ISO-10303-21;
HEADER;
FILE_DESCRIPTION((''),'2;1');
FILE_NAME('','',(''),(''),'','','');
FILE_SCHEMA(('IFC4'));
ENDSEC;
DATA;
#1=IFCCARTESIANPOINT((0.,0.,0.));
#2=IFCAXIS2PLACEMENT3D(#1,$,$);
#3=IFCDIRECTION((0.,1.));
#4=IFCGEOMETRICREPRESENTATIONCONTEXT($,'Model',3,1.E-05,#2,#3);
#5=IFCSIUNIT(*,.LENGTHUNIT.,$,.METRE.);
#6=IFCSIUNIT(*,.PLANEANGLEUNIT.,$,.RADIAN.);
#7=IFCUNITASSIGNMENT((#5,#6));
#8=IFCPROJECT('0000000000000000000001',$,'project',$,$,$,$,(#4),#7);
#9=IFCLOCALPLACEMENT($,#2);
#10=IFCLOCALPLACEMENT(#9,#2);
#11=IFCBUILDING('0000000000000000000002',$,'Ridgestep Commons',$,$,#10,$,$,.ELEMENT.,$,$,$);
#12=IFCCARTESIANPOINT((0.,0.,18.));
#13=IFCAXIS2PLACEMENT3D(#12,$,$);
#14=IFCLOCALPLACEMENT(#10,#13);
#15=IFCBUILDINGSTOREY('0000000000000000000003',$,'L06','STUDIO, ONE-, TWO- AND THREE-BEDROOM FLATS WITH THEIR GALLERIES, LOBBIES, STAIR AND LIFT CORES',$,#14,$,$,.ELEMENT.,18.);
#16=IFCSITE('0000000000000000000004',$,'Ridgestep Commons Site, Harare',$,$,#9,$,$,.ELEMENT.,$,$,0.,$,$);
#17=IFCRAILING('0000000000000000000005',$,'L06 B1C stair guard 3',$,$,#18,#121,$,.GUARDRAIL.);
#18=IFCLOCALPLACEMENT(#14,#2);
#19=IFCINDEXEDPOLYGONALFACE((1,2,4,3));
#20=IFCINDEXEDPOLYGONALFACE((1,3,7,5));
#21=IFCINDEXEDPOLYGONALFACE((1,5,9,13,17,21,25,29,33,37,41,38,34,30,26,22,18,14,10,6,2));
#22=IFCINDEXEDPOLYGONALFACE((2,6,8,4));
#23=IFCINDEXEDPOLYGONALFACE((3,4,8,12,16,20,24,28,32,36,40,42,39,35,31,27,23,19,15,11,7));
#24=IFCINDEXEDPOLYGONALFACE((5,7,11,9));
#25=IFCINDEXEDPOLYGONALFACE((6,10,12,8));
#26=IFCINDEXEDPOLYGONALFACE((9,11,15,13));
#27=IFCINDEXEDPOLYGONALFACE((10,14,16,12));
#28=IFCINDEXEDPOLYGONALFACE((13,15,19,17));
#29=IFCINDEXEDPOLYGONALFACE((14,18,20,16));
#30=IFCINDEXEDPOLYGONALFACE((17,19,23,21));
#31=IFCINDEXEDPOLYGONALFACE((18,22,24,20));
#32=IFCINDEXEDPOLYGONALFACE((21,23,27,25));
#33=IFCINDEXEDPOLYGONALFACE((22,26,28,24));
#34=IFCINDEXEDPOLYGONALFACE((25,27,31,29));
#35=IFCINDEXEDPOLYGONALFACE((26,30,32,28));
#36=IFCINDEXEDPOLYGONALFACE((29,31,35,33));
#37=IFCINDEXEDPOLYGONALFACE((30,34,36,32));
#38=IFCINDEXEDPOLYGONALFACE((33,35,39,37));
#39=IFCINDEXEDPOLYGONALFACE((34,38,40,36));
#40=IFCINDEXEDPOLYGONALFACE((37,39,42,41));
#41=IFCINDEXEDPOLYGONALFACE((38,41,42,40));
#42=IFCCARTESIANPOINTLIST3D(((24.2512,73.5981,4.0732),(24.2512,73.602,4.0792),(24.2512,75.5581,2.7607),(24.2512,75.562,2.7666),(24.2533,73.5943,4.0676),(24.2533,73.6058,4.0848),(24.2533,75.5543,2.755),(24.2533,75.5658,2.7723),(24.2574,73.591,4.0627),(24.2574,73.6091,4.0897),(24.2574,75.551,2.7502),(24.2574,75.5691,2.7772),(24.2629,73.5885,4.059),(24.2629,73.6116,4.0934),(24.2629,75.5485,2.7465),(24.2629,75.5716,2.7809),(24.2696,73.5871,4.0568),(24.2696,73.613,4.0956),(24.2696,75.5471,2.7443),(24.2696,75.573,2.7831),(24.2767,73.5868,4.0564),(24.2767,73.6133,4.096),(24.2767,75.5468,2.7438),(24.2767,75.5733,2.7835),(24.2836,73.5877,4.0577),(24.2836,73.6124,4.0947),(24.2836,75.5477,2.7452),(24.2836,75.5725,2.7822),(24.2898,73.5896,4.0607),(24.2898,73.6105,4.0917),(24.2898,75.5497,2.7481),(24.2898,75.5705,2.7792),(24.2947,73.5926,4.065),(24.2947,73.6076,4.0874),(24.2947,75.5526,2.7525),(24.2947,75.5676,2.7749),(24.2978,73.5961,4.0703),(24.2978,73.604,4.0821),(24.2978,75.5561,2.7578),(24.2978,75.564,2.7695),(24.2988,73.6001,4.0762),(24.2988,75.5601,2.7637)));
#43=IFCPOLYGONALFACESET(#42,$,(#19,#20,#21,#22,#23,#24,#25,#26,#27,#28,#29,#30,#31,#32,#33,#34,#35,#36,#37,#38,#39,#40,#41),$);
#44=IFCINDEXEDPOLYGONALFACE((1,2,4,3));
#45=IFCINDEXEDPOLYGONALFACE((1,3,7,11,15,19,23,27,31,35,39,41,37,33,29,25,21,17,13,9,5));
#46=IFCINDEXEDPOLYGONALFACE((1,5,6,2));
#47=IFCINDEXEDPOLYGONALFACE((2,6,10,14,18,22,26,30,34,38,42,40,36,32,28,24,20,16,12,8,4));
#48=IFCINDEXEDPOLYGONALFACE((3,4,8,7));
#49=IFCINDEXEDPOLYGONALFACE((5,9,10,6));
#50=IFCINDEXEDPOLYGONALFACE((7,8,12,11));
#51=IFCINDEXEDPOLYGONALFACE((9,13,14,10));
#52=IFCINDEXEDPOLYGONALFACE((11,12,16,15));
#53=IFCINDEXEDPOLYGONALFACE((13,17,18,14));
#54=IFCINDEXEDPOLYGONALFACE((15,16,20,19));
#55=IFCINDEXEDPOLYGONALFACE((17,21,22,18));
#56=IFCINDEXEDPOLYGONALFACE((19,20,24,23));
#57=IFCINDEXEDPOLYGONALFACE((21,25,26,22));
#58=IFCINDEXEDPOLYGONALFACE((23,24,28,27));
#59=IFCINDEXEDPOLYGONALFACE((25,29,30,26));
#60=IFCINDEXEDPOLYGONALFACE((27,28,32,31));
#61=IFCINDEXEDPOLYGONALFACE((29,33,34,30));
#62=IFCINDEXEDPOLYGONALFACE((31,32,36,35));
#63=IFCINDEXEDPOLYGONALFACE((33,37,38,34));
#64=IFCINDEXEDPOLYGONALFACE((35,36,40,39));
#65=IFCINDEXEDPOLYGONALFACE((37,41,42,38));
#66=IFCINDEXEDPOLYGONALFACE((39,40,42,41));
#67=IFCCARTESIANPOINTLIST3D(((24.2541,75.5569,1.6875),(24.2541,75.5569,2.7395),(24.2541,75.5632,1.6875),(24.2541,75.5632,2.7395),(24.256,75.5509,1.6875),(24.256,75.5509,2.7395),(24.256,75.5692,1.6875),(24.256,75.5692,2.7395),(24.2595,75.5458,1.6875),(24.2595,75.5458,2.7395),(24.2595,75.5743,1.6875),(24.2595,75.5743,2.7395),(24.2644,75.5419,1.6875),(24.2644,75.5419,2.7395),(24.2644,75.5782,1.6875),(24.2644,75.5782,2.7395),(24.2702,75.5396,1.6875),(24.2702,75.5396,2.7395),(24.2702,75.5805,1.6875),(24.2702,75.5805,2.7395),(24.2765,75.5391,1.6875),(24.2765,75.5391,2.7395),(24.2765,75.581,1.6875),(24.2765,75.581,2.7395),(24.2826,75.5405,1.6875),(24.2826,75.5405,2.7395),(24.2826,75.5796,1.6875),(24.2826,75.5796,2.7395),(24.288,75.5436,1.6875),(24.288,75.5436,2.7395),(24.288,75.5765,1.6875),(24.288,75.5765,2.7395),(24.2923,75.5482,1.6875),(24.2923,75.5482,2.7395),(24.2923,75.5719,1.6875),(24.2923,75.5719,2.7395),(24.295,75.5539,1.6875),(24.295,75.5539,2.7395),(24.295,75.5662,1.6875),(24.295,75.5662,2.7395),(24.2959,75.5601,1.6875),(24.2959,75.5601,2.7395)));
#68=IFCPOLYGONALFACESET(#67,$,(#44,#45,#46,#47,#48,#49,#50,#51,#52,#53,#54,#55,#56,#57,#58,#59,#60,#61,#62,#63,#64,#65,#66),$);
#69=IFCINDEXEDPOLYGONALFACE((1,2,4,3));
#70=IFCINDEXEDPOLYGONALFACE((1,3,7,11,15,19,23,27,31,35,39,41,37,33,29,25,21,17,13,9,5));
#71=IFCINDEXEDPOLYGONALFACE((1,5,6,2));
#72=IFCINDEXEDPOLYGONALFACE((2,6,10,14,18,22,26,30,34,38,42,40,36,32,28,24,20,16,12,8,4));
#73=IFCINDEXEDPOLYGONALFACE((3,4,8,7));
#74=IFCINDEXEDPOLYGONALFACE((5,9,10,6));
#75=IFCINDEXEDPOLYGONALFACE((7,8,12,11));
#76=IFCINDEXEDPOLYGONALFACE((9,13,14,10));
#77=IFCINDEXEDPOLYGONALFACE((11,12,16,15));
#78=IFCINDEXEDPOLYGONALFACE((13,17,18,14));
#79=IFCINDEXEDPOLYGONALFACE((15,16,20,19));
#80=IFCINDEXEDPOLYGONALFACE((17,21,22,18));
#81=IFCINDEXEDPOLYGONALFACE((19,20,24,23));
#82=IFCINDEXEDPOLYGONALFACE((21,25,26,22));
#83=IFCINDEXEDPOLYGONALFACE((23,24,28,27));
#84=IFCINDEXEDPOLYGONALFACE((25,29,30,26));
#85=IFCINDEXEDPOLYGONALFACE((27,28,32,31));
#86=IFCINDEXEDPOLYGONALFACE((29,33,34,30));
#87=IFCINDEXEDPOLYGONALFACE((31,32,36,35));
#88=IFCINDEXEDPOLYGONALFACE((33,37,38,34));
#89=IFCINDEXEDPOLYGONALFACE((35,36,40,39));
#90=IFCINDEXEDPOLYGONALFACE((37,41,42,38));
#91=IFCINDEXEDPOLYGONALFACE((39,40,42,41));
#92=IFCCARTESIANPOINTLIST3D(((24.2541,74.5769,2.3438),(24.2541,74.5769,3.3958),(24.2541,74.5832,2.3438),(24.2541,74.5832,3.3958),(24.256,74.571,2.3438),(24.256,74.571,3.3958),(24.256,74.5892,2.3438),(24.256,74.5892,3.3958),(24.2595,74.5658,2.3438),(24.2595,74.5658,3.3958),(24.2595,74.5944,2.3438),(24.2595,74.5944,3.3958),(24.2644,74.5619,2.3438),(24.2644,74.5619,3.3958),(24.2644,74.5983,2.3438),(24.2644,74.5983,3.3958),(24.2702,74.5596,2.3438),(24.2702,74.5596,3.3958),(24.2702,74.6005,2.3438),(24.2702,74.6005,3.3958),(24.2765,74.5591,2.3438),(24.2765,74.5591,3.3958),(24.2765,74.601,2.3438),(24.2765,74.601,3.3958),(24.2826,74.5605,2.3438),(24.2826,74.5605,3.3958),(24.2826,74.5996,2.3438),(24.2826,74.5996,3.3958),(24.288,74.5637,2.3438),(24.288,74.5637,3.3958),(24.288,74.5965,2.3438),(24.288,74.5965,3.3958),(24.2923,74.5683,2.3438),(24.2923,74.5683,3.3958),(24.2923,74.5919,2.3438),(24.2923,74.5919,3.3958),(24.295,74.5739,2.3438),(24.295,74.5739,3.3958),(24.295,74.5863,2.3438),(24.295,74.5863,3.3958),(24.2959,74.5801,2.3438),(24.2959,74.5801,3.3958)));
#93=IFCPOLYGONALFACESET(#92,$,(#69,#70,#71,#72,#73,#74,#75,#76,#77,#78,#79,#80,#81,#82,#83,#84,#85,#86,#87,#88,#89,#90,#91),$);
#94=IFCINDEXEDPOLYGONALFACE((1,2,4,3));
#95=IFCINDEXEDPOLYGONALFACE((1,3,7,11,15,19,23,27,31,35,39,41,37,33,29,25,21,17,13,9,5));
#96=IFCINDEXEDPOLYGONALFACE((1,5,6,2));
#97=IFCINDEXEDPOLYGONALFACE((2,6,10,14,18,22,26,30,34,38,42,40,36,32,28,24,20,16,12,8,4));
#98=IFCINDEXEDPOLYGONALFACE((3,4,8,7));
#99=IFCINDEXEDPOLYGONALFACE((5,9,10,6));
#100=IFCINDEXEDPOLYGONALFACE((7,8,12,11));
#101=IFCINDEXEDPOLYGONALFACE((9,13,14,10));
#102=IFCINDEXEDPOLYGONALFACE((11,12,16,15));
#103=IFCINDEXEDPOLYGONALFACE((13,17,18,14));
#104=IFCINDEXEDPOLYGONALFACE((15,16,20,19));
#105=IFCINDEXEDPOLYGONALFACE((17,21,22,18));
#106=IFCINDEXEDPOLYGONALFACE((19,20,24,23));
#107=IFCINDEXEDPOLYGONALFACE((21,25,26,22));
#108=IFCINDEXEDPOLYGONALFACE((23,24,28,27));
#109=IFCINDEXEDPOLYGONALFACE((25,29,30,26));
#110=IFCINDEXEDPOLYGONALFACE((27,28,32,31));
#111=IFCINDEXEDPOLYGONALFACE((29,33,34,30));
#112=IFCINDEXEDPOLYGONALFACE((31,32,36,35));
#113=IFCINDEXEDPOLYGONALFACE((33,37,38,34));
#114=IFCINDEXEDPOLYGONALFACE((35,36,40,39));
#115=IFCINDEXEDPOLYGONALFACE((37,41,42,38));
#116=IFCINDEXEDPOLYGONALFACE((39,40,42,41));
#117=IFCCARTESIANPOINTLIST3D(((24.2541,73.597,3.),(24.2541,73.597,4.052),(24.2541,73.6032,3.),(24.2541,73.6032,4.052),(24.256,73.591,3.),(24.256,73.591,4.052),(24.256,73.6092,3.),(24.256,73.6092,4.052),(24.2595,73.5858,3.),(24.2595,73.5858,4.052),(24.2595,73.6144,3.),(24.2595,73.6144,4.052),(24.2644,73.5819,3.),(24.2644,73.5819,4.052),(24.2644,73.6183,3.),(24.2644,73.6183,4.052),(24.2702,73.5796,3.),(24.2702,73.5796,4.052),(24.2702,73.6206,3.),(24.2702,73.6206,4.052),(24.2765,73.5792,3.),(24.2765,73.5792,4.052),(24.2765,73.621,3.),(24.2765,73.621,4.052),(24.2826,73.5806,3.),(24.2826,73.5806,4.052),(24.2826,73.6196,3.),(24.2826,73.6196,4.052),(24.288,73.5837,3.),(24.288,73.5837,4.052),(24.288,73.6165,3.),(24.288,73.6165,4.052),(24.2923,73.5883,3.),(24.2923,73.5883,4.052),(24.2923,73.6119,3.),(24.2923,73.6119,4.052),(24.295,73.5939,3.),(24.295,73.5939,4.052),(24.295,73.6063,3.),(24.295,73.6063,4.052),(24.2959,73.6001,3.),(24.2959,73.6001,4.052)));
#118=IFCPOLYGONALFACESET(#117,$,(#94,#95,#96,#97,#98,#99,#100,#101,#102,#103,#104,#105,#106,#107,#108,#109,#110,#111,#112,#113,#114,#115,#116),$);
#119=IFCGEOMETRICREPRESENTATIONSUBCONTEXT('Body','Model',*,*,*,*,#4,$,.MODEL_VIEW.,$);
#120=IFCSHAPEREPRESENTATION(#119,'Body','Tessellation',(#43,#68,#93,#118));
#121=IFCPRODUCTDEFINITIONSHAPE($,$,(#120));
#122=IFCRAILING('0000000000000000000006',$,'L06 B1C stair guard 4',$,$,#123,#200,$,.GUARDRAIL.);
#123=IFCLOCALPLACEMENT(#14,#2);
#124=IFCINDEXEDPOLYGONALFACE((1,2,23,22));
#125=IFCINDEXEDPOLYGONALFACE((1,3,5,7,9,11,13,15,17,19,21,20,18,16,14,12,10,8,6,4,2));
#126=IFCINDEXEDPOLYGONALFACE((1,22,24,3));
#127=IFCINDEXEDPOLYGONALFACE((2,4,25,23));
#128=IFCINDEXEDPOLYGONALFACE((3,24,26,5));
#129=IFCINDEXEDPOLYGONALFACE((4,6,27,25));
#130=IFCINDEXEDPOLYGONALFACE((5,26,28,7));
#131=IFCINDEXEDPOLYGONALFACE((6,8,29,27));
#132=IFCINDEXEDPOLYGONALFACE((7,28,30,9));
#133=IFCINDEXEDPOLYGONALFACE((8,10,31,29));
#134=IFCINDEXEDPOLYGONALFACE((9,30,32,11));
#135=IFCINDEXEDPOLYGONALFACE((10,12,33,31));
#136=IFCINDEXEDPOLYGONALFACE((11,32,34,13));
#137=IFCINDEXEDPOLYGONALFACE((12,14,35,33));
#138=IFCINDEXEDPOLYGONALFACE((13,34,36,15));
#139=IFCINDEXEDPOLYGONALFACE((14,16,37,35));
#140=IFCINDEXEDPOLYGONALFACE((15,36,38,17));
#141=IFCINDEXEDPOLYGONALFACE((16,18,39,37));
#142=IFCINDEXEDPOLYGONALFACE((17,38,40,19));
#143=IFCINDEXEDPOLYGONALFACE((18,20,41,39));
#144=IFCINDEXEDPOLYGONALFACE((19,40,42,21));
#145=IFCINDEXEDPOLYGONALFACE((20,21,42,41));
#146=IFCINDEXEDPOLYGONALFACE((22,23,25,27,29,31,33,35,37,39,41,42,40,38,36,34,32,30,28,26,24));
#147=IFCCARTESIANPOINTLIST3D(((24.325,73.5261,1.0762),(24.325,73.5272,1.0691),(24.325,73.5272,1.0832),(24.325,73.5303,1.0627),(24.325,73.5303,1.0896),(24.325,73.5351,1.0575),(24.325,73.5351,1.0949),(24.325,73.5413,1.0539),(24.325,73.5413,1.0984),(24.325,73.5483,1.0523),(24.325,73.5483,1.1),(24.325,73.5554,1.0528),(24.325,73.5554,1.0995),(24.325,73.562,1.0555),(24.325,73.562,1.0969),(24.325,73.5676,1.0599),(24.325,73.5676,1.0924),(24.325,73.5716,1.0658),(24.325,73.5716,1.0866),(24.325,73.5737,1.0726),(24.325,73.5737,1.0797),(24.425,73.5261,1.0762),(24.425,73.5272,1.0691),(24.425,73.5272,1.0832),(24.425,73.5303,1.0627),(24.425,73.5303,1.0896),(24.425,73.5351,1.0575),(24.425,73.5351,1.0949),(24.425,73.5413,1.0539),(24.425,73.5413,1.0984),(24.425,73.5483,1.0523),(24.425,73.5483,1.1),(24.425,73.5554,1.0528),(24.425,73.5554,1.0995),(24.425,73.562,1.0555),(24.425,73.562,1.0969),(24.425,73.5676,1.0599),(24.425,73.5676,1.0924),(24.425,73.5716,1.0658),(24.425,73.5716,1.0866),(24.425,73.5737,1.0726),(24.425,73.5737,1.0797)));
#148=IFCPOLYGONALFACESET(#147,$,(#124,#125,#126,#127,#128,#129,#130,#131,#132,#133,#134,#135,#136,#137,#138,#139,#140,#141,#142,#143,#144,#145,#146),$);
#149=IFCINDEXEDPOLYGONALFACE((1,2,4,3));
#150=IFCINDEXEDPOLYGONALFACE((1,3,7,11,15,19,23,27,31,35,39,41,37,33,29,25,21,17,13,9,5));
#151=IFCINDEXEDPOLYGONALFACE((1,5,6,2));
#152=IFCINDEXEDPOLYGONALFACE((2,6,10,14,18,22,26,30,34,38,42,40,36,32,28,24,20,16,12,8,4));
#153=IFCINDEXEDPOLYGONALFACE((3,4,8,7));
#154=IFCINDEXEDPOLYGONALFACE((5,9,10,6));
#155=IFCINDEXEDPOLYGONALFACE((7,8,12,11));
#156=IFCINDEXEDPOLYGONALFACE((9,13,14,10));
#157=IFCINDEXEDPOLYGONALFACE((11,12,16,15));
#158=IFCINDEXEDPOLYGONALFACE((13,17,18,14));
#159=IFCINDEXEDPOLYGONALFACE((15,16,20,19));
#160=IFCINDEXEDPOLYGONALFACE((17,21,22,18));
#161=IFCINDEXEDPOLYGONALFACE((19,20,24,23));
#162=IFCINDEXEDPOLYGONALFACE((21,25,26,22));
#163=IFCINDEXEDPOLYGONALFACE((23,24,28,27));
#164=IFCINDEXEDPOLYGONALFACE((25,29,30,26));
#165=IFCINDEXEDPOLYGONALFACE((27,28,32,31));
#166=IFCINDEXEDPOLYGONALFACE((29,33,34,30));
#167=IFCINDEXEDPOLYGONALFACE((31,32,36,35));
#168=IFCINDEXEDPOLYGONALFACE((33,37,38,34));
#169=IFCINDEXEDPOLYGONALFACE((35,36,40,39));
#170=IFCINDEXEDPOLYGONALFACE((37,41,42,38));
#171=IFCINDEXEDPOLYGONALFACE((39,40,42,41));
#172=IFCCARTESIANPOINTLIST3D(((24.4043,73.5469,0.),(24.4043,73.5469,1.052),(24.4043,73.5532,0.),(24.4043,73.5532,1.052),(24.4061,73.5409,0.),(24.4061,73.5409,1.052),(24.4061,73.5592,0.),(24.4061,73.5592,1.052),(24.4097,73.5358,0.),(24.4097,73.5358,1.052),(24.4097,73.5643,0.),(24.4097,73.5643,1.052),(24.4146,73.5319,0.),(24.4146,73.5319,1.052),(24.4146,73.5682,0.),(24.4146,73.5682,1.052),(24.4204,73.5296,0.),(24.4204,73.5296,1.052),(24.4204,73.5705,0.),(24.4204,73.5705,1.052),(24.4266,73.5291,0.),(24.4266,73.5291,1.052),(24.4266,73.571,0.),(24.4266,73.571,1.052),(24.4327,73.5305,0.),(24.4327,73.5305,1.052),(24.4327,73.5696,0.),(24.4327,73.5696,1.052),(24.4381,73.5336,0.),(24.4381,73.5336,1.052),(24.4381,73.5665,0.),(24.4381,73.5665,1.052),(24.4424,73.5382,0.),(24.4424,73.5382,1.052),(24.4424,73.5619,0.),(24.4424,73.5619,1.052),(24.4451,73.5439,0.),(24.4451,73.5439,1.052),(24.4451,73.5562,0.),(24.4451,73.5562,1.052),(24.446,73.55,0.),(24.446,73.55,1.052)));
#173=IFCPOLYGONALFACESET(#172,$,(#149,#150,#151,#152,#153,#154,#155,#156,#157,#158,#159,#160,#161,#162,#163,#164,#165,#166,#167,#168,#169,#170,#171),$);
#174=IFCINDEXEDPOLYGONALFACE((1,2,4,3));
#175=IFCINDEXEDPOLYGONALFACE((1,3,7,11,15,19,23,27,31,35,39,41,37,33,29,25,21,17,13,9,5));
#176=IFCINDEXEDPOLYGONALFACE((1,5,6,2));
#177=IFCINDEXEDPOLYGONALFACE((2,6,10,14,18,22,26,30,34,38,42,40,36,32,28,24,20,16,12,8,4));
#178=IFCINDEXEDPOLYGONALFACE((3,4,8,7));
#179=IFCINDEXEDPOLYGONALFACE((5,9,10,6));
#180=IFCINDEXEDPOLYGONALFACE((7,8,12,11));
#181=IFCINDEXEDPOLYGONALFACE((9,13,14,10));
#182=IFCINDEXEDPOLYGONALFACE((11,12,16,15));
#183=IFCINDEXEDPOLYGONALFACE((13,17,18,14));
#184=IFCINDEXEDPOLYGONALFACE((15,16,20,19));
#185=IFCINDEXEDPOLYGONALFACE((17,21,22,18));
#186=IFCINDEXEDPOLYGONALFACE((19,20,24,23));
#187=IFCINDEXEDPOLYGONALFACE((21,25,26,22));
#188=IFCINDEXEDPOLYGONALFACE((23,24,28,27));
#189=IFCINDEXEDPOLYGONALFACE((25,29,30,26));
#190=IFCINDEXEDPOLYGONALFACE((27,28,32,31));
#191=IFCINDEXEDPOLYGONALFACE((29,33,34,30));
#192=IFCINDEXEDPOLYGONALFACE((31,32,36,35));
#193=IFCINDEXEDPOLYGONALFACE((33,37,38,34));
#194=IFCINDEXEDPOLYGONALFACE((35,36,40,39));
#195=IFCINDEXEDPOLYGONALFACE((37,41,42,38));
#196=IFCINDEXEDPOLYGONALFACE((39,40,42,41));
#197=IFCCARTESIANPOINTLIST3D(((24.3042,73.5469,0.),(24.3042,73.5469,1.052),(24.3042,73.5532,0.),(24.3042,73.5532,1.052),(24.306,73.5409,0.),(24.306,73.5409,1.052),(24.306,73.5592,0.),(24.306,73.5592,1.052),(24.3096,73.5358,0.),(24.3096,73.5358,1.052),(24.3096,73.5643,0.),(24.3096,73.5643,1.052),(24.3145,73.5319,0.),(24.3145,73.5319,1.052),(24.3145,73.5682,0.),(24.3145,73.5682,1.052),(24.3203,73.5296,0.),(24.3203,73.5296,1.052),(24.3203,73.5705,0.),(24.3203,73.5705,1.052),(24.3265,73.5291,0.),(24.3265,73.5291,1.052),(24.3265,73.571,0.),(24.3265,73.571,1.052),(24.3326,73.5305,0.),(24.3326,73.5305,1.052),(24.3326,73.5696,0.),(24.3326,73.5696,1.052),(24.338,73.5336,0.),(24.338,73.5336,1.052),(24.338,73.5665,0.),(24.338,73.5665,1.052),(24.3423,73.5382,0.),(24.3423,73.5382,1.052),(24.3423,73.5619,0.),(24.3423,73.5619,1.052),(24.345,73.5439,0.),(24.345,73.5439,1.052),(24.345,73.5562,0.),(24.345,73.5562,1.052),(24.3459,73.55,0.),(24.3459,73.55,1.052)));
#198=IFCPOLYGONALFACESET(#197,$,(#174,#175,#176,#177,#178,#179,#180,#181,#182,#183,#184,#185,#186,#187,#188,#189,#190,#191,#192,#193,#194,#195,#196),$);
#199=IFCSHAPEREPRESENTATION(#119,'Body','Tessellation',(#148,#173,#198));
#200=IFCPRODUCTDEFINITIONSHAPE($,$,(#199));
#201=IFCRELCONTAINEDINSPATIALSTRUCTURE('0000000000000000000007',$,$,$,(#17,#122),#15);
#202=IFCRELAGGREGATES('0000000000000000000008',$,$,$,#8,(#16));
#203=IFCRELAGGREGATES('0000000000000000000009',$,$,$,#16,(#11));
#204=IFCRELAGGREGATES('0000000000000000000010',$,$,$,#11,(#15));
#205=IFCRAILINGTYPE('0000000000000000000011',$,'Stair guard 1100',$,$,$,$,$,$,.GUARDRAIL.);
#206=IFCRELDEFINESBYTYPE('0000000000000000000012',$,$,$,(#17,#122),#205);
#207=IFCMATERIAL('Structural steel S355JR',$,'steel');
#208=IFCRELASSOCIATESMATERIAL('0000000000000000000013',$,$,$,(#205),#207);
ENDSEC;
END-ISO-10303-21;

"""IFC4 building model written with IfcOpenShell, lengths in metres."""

from ifc_helpers import new_model, si_unit, direction, frame, origin, origin_2d, place, context, subcontext, project, spatial, circle, extrude, material, type_object, element, save


model = new_model("IFC4")

# Units and contexts
model_context = context("Model", 3, precision=1e-05, world=origin(), true_north=direction((0.0, 1.0)))
body_context = subcontext(model_context, "Body", "Model", "MODEL_VIEW")
ifc_project = project(units=[si_unit("LENGTHUNIT", "METRE"), si_unit("PLANEANGLEUNIT", "RADIAN")], contexts=[model_context])

# Site, building, storey
site_placement = place(None, origin())
site = spatial("IfcSite", under=ifc_project, at=site_placement, Name="Ridgestep Commons Site, Harare", CompositionType="ELEMENT", RefElevation=0.0)
building_placement = place(site_placement, origin())
building = spatial("IfcBuilding", under=site, at=building_placement, Name="Ridgestep Commons", CompositionType="ELEMENT")
storey_placement = place(building_placement, frame((0.0, 0.0, 18.0)))
storey = spatial("IfcBuildingStorey", under=building, at=storey_placement, Name="L06", Description="STUDIO, ONE-, TWO- AND THREE-BEDROOM FLATS WITH THEIR GALLERIES, LOBBIES, STAIR AND LIFT CORES", CompositionType="ELEMENT", Elevation=18.0)

# Railings
ifc_material_1 = material(Name="Structural steel S355JR", Category="steel")
railing_type_1 = type_object("IfcRailingType", Name="Stair guard 1100", PredefinedType="GUARDRAIL", material=ifc_material_1)
railing_1_placement = place(storey_placement, frame((24.2749, 75.5601, 1.6875)))
element("IfcRailing", 1, at=railing_1_placement, inside=storey, type_object=railing_type_1, Name="L06 B1C stair guard 3", PredefinedType="GUARDRAIL", context=body_context, shape_type="SweptSolid", body=[
    extrude(circle(Radius=0.0239, at=origin_2d()), frame((0.0, 0.0, 1.0762), z_axis=(0.0, -0.830902, 0.556419), x_axis=(1.0, 0.0, 0.0)), (0.0, 0.0, 1.0), 2.3589),
    extrude(circle(Radius=0.021, at=origin_2d()), origin(), (0.0, 0.0, 1.0), 1.052),
    extrude(circle(Radius=0.021, at=origin_2d()), frame((0.0, -0.98, 0.6562)), (0.0, 0.0, 1.0), 1.052),
    extrude(circle(Radius=0.021, at=origin_2d()), frame((0.0, -1.96, 1.3125)), (0.0, 0.0, 1.0), 1.052),
])
railing_2_placement = place(storey_placement, frame((24.425, 73.55, 0.0)))
element("IfcRailing", 2, at=railing_2_placement, inside=storey, type_object=railing_type_1, Name="L06 B1C stair guard 4", PredefinedType="GUARDRAIL", context=body_context, shape_type="SweptSolid", body=[
    extrude(circle(Radius=0.0239, at=origin_2d()), frame((0.0, 0.0, 1.0762), z_axis=(-1.0, 0.0, 0.0), x_axis=(0.0, -1.0, 0.0)), (0.0, 0.0, 1.0), 0.1001),
    extrude(circle(Radius=0.021, at=origin_2d()), origin(), (0.0, 0.0, 1.0), 1.052),
    extrude(circle(Radius=0.021, at=origin_2d()), frame((-0.1001, 0.0, 0.0)), (0.0, 0.0, 1.0), 1.052),
])

save(model, "model.ifc")
